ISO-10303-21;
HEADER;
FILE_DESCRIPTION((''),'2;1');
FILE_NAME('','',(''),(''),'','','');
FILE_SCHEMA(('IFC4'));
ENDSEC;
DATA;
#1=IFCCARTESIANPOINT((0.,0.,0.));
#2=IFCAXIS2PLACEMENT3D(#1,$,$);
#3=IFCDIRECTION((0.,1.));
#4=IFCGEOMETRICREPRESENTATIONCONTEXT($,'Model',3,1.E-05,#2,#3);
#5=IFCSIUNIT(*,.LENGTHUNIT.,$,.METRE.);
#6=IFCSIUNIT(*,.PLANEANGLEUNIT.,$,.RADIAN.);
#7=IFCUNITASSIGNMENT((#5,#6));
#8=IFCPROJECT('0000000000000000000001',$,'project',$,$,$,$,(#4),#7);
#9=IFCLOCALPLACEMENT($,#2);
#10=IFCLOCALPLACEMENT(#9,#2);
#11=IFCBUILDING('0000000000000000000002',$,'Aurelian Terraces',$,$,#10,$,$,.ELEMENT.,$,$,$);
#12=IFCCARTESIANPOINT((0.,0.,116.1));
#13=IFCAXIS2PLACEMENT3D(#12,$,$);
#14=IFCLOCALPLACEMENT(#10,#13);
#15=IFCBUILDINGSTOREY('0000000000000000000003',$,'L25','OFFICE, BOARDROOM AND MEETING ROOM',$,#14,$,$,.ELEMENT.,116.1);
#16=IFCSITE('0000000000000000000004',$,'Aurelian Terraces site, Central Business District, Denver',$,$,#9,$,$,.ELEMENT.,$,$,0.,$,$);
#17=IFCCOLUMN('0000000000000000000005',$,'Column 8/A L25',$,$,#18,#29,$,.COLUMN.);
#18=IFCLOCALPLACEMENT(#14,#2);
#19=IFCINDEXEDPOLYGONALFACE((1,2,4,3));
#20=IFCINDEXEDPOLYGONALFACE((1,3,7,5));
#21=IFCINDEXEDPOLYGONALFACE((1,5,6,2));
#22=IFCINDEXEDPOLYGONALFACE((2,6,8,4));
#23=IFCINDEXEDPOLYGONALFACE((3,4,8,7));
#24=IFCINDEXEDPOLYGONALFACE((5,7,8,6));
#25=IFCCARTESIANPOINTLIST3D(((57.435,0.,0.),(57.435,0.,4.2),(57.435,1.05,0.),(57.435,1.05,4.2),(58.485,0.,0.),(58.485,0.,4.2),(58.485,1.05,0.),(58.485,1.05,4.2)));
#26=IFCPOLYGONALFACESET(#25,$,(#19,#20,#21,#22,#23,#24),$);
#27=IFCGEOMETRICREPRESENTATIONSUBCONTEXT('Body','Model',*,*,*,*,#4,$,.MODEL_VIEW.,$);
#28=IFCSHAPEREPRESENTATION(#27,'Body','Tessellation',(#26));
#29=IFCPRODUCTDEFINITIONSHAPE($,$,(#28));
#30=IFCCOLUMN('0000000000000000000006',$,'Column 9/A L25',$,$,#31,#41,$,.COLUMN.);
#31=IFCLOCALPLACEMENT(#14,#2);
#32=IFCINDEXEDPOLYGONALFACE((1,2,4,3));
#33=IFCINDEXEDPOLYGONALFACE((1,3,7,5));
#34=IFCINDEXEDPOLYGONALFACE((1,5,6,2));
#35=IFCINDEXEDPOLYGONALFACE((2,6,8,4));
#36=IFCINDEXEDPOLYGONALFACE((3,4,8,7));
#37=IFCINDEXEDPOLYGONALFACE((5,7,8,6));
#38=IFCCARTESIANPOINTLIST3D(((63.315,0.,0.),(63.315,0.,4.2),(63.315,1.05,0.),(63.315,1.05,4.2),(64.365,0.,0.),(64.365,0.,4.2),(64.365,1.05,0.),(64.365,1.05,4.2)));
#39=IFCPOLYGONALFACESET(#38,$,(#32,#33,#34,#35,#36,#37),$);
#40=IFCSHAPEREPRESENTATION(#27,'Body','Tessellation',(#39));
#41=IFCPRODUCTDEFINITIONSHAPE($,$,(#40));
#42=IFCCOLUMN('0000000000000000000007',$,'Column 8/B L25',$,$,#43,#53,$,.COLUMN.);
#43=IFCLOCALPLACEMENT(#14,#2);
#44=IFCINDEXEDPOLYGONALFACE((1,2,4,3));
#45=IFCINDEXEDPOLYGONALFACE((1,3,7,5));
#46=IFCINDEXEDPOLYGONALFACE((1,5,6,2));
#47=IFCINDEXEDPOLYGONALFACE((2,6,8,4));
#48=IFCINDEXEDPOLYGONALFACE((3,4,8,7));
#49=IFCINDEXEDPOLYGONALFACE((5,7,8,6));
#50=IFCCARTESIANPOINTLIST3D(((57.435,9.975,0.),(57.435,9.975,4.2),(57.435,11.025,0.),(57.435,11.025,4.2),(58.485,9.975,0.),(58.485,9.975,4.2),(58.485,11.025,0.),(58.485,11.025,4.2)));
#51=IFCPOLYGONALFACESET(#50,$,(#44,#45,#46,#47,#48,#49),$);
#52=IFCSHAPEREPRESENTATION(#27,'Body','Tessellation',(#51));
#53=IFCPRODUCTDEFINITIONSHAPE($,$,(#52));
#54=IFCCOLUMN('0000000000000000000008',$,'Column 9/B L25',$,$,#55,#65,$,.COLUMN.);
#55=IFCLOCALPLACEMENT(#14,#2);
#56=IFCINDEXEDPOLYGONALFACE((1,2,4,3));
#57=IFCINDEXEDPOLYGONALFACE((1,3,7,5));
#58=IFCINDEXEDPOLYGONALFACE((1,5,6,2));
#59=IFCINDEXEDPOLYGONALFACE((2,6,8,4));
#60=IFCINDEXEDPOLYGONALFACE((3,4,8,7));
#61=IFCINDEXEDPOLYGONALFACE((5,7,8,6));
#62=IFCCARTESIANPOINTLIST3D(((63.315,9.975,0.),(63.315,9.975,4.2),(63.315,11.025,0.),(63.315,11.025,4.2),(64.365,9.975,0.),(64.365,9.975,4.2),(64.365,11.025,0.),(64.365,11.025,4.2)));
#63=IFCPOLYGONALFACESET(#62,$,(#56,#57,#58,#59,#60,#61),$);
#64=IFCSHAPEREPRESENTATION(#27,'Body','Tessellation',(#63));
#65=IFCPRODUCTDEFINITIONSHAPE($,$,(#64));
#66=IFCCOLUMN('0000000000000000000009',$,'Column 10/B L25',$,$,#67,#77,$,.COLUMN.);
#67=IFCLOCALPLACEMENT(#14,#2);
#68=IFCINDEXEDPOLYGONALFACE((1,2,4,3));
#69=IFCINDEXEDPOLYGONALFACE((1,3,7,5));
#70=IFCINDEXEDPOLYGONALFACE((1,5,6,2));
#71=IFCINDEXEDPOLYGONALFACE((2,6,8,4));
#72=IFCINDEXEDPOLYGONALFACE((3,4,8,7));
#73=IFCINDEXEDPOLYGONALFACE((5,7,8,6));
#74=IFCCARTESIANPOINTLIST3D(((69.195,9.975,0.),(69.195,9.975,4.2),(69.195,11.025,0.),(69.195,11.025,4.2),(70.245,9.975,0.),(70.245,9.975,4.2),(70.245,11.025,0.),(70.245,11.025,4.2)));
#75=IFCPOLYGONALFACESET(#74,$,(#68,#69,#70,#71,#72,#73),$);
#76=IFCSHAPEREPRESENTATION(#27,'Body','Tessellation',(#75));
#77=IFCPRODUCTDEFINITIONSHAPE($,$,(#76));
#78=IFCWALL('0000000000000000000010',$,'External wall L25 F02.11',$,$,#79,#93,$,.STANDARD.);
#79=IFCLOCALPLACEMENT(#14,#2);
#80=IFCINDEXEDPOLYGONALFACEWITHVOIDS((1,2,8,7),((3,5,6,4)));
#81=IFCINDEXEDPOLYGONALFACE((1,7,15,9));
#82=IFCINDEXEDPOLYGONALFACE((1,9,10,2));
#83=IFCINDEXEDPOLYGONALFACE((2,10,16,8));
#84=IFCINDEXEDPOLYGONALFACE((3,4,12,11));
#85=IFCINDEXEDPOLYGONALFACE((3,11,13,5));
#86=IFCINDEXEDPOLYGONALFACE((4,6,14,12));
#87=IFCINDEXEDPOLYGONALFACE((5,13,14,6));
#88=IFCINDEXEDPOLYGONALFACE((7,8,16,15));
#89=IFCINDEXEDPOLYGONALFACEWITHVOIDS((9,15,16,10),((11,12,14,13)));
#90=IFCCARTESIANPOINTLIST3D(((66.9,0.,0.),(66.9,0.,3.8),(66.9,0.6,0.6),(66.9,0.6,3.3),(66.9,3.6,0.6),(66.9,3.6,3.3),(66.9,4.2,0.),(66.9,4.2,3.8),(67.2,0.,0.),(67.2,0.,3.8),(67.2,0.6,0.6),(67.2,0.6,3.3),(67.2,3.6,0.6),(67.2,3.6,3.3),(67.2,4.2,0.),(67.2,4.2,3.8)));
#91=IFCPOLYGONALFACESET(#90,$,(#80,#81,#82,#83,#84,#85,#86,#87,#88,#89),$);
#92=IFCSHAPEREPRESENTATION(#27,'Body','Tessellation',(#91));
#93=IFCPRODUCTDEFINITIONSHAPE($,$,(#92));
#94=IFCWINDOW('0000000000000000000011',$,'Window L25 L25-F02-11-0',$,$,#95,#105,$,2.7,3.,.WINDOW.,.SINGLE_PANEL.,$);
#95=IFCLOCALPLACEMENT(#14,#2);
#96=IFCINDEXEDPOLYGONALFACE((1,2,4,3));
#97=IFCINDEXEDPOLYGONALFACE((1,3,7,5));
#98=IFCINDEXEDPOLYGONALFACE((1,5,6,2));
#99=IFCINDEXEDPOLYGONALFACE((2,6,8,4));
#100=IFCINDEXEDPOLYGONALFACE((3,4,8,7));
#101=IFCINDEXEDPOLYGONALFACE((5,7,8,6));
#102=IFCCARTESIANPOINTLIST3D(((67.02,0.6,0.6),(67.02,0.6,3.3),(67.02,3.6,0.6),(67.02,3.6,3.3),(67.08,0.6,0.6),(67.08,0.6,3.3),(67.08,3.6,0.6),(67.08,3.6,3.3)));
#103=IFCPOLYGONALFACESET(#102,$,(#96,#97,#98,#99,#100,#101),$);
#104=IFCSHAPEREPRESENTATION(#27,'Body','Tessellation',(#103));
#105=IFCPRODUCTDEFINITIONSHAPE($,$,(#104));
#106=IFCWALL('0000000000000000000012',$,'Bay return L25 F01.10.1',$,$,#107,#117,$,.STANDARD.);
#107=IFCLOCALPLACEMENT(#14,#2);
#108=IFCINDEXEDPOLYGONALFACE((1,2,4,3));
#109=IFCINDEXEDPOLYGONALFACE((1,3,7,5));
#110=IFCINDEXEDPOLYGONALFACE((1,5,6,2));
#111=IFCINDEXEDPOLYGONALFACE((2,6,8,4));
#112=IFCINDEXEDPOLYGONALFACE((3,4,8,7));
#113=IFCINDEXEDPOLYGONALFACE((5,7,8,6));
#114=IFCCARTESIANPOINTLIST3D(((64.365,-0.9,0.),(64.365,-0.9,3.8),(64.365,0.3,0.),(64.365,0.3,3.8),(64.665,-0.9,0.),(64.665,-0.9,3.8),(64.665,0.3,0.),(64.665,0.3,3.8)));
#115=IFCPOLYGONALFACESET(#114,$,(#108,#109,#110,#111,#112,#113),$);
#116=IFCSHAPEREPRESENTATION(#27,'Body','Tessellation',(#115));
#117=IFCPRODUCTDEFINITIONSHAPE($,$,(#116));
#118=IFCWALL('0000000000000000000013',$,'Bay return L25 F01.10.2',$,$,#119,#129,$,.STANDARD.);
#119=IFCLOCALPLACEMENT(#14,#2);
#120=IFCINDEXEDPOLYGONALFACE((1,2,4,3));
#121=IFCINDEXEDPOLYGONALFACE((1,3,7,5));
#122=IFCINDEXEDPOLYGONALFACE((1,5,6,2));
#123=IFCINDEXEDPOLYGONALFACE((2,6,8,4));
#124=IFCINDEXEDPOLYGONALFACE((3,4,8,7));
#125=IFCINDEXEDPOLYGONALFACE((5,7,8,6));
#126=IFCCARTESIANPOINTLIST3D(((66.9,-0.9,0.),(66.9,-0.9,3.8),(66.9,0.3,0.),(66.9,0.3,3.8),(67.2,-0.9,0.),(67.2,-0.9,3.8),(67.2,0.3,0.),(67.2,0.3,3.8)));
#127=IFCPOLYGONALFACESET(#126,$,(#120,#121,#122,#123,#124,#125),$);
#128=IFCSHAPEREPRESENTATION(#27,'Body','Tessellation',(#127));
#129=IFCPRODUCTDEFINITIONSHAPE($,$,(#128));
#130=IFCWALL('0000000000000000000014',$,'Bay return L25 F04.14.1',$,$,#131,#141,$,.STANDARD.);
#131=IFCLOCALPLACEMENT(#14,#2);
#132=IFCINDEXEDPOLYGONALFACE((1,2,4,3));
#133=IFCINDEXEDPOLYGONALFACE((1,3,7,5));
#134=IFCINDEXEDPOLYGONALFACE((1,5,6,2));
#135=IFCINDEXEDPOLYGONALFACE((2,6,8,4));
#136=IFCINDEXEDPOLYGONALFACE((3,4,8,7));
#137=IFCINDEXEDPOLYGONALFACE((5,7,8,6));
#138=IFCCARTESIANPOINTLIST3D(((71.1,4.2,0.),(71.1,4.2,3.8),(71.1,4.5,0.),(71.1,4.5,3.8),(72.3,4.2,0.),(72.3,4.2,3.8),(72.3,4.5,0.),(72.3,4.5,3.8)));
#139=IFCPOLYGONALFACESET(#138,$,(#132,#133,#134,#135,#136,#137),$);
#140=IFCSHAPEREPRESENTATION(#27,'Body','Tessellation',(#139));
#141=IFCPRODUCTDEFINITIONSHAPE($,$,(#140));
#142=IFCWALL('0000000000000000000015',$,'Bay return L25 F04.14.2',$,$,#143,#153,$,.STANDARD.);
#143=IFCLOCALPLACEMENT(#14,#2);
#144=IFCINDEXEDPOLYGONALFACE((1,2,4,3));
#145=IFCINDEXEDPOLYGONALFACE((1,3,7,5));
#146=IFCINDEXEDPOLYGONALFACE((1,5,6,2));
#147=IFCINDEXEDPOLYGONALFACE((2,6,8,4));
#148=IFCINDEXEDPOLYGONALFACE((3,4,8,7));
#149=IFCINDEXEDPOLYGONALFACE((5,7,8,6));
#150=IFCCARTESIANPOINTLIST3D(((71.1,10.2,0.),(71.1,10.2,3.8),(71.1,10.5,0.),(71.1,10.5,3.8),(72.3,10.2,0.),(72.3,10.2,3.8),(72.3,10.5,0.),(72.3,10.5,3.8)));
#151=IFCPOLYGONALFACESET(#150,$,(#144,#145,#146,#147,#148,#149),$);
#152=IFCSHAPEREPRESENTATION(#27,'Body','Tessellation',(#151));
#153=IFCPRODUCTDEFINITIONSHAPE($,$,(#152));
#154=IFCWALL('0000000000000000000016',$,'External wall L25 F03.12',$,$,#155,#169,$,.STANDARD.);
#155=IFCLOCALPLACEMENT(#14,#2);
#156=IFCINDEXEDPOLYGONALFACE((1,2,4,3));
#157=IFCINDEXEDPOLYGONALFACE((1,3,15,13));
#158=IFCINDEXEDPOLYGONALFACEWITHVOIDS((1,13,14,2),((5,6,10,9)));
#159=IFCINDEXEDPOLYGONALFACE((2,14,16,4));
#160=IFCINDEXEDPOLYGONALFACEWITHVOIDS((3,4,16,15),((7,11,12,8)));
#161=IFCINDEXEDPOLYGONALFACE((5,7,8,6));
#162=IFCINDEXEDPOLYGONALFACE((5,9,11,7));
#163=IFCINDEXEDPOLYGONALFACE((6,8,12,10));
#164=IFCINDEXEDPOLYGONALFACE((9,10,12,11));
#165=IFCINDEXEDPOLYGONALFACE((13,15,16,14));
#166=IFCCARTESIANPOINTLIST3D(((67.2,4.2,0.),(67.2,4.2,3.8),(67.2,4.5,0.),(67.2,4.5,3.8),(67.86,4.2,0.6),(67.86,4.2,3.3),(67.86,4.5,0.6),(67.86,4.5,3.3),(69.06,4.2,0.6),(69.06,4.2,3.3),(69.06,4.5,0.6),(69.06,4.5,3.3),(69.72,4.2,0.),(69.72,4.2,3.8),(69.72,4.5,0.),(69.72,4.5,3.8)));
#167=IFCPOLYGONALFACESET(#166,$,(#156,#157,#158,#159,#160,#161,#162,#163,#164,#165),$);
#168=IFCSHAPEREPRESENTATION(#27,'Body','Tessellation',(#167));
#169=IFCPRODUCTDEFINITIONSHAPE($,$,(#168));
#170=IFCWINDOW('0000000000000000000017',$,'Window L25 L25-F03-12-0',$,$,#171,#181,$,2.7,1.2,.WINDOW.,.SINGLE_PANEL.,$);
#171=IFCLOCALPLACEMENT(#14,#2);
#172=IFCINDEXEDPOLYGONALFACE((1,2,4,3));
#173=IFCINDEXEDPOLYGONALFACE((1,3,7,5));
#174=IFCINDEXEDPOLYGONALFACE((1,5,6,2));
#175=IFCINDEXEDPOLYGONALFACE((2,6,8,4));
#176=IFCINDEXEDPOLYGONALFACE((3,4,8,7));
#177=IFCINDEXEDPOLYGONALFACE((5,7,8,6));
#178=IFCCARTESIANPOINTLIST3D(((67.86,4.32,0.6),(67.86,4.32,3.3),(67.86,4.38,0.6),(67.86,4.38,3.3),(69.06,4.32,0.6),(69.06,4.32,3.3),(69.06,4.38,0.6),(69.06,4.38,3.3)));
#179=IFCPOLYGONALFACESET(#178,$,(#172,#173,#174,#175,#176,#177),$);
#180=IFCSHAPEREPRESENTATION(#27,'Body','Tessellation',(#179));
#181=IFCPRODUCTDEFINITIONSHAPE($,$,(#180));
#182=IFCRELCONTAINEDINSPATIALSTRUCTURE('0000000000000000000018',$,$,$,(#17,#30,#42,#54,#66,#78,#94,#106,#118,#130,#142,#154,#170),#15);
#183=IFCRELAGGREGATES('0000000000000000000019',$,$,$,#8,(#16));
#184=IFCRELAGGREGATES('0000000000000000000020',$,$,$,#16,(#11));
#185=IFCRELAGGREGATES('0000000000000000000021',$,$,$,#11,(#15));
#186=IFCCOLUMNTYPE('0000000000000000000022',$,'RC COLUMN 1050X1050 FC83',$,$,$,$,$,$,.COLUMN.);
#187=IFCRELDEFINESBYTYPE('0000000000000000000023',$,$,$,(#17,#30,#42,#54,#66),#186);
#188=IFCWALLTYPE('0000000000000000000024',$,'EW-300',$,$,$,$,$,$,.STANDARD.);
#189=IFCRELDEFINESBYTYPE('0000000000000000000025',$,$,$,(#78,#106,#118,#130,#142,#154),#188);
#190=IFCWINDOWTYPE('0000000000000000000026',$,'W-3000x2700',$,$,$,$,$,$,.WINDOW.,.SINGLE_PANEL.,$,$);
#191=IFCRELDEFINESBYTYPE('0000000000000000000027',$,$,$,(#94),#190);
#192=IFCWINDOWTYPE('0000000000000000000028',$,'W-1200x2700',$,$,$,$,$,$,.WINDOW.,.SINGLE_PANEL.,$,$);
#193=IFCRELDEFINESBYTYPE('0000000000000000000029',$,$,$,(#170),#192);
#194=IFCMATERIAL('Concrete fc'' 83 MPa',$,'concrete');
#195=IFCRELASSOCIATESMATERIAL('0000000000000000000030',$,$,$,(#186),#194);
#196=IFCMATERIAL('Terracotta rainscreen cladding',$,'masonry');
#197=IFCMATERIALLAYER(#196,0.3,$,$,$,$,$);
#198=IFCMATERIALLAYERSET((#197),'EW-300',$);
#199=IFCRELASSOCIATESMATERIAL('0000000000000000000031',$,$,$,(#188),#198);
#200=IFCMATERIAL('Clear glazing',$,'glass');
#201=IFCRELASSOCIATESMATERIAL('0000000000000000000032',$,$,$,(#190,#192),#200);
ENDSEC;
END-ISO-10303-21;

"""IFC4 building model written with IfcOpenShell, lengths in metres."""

from ifc_helpers import new_model, si_unit, direction, frame, frame_2d, origin, origin_2d, place, context, subcontext, project, spatial, rectangle, extrude, source, transform, mapped, material, layer, layer_set, material_profile, profile_set, type_object, element, fill, save


model = new_model("IFC4")

# Units and contexts
model_context = context("Model", 3, precision=1e-05, world=origin(), true_north=direction((0.0, 1.0)))
body_context = subcontext(model_context, "Body", "Model", "MODEL_VIEW")
ifc_project = project(units=[si_unit("LENGTHUNIT", "METRE"), si_unit("PLANEANGLEUNIT", "RADIAN")], contexts=[model_context])

# Site, building, storey
site_placement = place(None, origin())
site = spatial("IfcSite", under=ifc_project, at=site_placement, Name="Aurelian Terraces site, Central Business District, Denver", CompositionType="ELEMENT", RefElevation=0.0)
building_placement = place(site_placement, origin())
building = spatial("IfcBuilding", under=site, at=building_placement, Name="Aurelian Terraces", CompositionType="ELEMENT")
storey_placement = place(building_placement, frame((0.0, 0.0, 116.1)))
storey = spatial("IfcBuildingStorey", under=building, at=storey_placement, Name="L25", Description="OFFICE, BOARDROOM AND MEETING ROOM", CompositionType="ELEMENT", Elevation=116.1)

# Columns
ifc_material_1 = material(Name="Concrete fc' 83 MPa", Category="concrete")
ifc_material_profile = material_profile(ifc_material_1, rectangle(XDim=1.05, YDim=1.05, at=origin_2d()))
ifc_profile_set = profile_set([ifc_material_profile], Name="Concrete fc' 83 MPa")
column_type = type_object("IfcColumnType", Name="RC COLUMN 1050X1050 FC83", PredefinedType="COLUMN", material=ifc_profile_set)
shared_shape_1 = source(origin(), body_context, "Body", "SweptSolid", [
    extrude(rectangle(XDim=1.05, YDim=1.05, at=origin_2d()), origin(), (0.0, 0.0, 1.0), 4.2),
])
for number, where, z_axis, x_axis, name in (
    (1, (57.96, 0.525, 0.0), (0.0, 0.0, 1.0), (1.0, 0.0, 0.0), "Column 8/A L25"),
    (2, (63.84, 0.525, 0.0), (0.0, 0.0, 1.0), (1.0, 0.0, 0.0), "Column 9/A L25"),
    (3, (57.96, 10.5, 0.0), (0.0, 0.0, 1.0), (1.0, 0.0, 0.0), "Column 8/B L25"),
    (4, (63.84, 10.5, 0.0), (0.0, 0.0, 1.0), (1.0, 0.0, 0.0), "Column 9/B L25"),
    (5, (69.72, 10.5, 0.0), (0.0, 0.0, 1.0), (1.0, 0.0, 0.0), "Column 10/B L25"),
):
    element("IfcColumn", number, at=place(storey_placement, frame(where, z_axis=z_axis, x_axis=x_axis)), inside=storey, type_object=column_type, Name=name, PredefinedType="COLUMN", context=body_context, shape_type="MappedRepresentation", body=[
        mapped(shared_shape_1, transform((0.0, 0.0, 0.0), scale=1.0)),
    ])

# Wall, opening, window
ifc_material_2 = material(Name="Terracotta rainscreen cladding", Category="masonry")
ifc_layer_1 = layer(ifc_material_2, 0.3)
ifc_layer_set_1 = layer_set([ifc_layer_1], Name="EW-300")
wall_type_1 = type_object("IfcWallType", Name="EW-300", PredefinedType="STANDARD", material=ifc_layer_set_1)
shared_shape_2 = source(origin(), body_context, "Body", "SweptSolid", [
    extrude(rectangle(XDim=4.2, YDim=0.3, at=frame_2d((2.1, 0.0))), origin(), (0.0, 0.0, 1.0), 3.8),
])
wall_1_placement = place(storey_placement, frame((67.05, 0.0, 0.0), z_axis=(0.0, 0.0, 1.0), x_axis=(0.0, 1.0, 0.0)))
wall_1 = element("IfcWall", 6, at=wall_1_placement, inside=storey, type_object=wall_type_1, Name="External wall L25 F02.11", PredefinedType="STANDARD", context=body_context, shape_type="MappedRepresentation", body=[
    mapped(shared_shape_2, transform((0.0, 0.0, 0.0), scale=1.0)),
])
shared_shape_3 = source(origin(), body_context, "Body", "SweptSolid", [
    extrude(rectangle(XDim=3.0, YDim=2.7, at=frame_2d((1.5, 1.35))), frame((0.0, 0.16, 0.0), z_axis=(0.0, -1.0, 0.0), x_axis=(1.0, 0.0, 0.0)), (0.0, 0.0, 1.0), 0.32),
])
opening_1_placement = place(wall_1_placement, frame((0.6, 0.0, 0.6)))
opening_1 = element("IfcOpeningElement", 7, at=opening_1_placement, cuts=wall_1, PredefinedType="OPENING", context=body_context, shape_type="MappedRepresentation", body=[
    mapped(shared_shape_3, transform((0.0, 0.0, 0.0), scale=1.0)),
])
ifc_material_3 = material(Name="Clear glazing", Category="glass")
window_type_1 = type_object("IfcWindowType", Name="W-3000x2700", PartitioningType="SINGLE_PANEL", PredefinedType="WINDOW", material=ifc_material_3)
shared_shape_4 = source(origin(), body_context, "Body", "SweptSolid", [
    extrude(rectangle(XDim=3.0, YDim=2.7, at=frame_2d((1.5, 1.35))), frame((0.0, 0.03, 0.0), z_axis=(0.0, -1.0, 0.0), x_axis=(1.0, 0.0, 0.0)), (0.0, 0.0, 1.0), 0.06),
])
window_1_placement = place(opening_1_placement, origin())
window_1 = element("IfcWindow", 8, at=window_1_placement, inside=storey, type_object=window_type_1, Name="Window L25 L25-F02-11-0", OverallHeight=2.7, OverallWidth=3.0, PartitioningType="SINGLE_PANEL", PredefinedType="WINDOW", context=body_context, shape_type="MappedRepresentation", body=[
    mapped(shared_shape_4, transform((0.0, 0.0, 0.0), scale=1.0)),
])
fill(opening_1, window_1)

# Walls
shared_shape_5 = source(origin(), body_context, "Body", "SweptSolid", [
    extrude(rectangle(XDim=1.2, YDim=0.3, at=frame_2d((0.6, 0.0))), origin(), (0.0, 0.0, 1.0), 3.8),
])
for number, where, z_axis, x_axis, name in (
    (9, (64.515, 0.3, 0.0), (0.0, 0.0, 1.0), (0.0, -1.0, 0.0), "Bay return L25 F01.10.1"),
    (10, (67.05, 0.3, 0.0), (0.0, 0.0, 1.0), (0.0, -1.0, 0.0), "Bay return L25 F01.10.2"),
    (11, (71.1, 4.35, 0.0), (0.0, 0.0, 1.0), (1.0, 0.0, 0.0), "Bay return L25 F04.14.1"),
    (12, (71.1, 10.35, 0.0), (0.0, 0.0, 1.0), (1.0, 0.0, 0.0), "Bay return L25 F04.14.2"),
):
    element("IfcWall", number, at=place(storey_placement, frame(where, z_axis=z_axis, x_axis=x_axis)), inside=storey, type_object=wall_type_1, Name=name, PredefinedType="STANDARD", context=body_context, shape_type="MappedRepresentation", body=[
        mapped(shared_shape_5, transform((0.0, 0.0, 0.0), scale=1.0)),
    ])

# Wall, opening, window
shared_shape_6 = source(origin(), body_context, "Body", "SweptSolid", [
    extrude(rectangle(XDim=2.52, YDim=0.3, at=frame_2d((1.26, 0.0))), origin(), (0.0, 0.0, 1.0), 3.8),
])
wall_2_placement = place(storey_placement, frame((67.2, 4.35, 0.0), z_axis=(0.0, 0.0, 1.0), x_axis=(1.0, 0.0, 0.0)))
wall_2 = element("IfcWall", 13, at=wall_2_placement, inside=storey, type_object=wall_type_1, Name="External wall L25 F03.12", PredefinedType="STANDARD", context=body_context, shape_type="MappedRepresentation", body=[
    mapped(shared_shape_6, transform((0.0, 0.0, 0.0), scale=1.0)),
])
shared_shape_7 = source(origin(), body_context, "Body", "SweptSolid", [
    extrude(rectangle(XDim=1.2, YDim=2.7, at=frame_2d((0.6, 1.35))), frame((0.0, 0.16, 0.0), z_axis=(0.0, -1.0, 0.0), x_axis=(1.0, 0.0, 0.0)), (0.0, 0.0, 1.0), 0.32),
])
opening_2_placement = place(wall_2_placement, frame((0.66, 0.0, 0.6)))
opening_2 = element("IfcOpeningElement", 14, at=opening_2_placement, cuts=wall_2, PredefinedType="OPENING", context=body_context, shape_type="MappedRepresentation", body=[
    mapped(shared_shape_7, transform((0.0, 0.0, 0.0), scale=1.0)),
])
window_type_2 = type_object("IfcWindowType", Name="W-1200x2700", PartitioningType="SINGLE_PANEL", PredefinedType="WINDOW", material=ifc_material_3)
shared_shape_8 = source(origin(), body_context, "Body", "SweptSolid", [
    extrude(rectangle(XDim=1.2, YDim=2.7, at=frame_2d((0.6, 1.35))), frame((0.0, 0.03, 0.0), z_axis=(0.0, -1.0, 0.0), x_axis=(1.0, 0.0, 0.0)), (0.0, 0.0, 1.0), 0.06),
])
window_2_placement = place(opening_2_placement, origin())
window_2 = element("IfcWindow", 15, at=window_2_placement, inside=storey, type_object=window_type_2, Name="Window L25 L25-F03-12-0", OverallHeight=2.7, OverallWidth=1.2, PartitioningType="SINGLE_PANEL", PredefinedType="WINDOW", context=body_context, shape_type="MappedRepresentation", body=[
    mapped(shared_shape_8, transform((0.0, 0.0, 0.0), scale=1.0)),
])
fill(opening_2, window_2)

save(model, "model.ifc")
